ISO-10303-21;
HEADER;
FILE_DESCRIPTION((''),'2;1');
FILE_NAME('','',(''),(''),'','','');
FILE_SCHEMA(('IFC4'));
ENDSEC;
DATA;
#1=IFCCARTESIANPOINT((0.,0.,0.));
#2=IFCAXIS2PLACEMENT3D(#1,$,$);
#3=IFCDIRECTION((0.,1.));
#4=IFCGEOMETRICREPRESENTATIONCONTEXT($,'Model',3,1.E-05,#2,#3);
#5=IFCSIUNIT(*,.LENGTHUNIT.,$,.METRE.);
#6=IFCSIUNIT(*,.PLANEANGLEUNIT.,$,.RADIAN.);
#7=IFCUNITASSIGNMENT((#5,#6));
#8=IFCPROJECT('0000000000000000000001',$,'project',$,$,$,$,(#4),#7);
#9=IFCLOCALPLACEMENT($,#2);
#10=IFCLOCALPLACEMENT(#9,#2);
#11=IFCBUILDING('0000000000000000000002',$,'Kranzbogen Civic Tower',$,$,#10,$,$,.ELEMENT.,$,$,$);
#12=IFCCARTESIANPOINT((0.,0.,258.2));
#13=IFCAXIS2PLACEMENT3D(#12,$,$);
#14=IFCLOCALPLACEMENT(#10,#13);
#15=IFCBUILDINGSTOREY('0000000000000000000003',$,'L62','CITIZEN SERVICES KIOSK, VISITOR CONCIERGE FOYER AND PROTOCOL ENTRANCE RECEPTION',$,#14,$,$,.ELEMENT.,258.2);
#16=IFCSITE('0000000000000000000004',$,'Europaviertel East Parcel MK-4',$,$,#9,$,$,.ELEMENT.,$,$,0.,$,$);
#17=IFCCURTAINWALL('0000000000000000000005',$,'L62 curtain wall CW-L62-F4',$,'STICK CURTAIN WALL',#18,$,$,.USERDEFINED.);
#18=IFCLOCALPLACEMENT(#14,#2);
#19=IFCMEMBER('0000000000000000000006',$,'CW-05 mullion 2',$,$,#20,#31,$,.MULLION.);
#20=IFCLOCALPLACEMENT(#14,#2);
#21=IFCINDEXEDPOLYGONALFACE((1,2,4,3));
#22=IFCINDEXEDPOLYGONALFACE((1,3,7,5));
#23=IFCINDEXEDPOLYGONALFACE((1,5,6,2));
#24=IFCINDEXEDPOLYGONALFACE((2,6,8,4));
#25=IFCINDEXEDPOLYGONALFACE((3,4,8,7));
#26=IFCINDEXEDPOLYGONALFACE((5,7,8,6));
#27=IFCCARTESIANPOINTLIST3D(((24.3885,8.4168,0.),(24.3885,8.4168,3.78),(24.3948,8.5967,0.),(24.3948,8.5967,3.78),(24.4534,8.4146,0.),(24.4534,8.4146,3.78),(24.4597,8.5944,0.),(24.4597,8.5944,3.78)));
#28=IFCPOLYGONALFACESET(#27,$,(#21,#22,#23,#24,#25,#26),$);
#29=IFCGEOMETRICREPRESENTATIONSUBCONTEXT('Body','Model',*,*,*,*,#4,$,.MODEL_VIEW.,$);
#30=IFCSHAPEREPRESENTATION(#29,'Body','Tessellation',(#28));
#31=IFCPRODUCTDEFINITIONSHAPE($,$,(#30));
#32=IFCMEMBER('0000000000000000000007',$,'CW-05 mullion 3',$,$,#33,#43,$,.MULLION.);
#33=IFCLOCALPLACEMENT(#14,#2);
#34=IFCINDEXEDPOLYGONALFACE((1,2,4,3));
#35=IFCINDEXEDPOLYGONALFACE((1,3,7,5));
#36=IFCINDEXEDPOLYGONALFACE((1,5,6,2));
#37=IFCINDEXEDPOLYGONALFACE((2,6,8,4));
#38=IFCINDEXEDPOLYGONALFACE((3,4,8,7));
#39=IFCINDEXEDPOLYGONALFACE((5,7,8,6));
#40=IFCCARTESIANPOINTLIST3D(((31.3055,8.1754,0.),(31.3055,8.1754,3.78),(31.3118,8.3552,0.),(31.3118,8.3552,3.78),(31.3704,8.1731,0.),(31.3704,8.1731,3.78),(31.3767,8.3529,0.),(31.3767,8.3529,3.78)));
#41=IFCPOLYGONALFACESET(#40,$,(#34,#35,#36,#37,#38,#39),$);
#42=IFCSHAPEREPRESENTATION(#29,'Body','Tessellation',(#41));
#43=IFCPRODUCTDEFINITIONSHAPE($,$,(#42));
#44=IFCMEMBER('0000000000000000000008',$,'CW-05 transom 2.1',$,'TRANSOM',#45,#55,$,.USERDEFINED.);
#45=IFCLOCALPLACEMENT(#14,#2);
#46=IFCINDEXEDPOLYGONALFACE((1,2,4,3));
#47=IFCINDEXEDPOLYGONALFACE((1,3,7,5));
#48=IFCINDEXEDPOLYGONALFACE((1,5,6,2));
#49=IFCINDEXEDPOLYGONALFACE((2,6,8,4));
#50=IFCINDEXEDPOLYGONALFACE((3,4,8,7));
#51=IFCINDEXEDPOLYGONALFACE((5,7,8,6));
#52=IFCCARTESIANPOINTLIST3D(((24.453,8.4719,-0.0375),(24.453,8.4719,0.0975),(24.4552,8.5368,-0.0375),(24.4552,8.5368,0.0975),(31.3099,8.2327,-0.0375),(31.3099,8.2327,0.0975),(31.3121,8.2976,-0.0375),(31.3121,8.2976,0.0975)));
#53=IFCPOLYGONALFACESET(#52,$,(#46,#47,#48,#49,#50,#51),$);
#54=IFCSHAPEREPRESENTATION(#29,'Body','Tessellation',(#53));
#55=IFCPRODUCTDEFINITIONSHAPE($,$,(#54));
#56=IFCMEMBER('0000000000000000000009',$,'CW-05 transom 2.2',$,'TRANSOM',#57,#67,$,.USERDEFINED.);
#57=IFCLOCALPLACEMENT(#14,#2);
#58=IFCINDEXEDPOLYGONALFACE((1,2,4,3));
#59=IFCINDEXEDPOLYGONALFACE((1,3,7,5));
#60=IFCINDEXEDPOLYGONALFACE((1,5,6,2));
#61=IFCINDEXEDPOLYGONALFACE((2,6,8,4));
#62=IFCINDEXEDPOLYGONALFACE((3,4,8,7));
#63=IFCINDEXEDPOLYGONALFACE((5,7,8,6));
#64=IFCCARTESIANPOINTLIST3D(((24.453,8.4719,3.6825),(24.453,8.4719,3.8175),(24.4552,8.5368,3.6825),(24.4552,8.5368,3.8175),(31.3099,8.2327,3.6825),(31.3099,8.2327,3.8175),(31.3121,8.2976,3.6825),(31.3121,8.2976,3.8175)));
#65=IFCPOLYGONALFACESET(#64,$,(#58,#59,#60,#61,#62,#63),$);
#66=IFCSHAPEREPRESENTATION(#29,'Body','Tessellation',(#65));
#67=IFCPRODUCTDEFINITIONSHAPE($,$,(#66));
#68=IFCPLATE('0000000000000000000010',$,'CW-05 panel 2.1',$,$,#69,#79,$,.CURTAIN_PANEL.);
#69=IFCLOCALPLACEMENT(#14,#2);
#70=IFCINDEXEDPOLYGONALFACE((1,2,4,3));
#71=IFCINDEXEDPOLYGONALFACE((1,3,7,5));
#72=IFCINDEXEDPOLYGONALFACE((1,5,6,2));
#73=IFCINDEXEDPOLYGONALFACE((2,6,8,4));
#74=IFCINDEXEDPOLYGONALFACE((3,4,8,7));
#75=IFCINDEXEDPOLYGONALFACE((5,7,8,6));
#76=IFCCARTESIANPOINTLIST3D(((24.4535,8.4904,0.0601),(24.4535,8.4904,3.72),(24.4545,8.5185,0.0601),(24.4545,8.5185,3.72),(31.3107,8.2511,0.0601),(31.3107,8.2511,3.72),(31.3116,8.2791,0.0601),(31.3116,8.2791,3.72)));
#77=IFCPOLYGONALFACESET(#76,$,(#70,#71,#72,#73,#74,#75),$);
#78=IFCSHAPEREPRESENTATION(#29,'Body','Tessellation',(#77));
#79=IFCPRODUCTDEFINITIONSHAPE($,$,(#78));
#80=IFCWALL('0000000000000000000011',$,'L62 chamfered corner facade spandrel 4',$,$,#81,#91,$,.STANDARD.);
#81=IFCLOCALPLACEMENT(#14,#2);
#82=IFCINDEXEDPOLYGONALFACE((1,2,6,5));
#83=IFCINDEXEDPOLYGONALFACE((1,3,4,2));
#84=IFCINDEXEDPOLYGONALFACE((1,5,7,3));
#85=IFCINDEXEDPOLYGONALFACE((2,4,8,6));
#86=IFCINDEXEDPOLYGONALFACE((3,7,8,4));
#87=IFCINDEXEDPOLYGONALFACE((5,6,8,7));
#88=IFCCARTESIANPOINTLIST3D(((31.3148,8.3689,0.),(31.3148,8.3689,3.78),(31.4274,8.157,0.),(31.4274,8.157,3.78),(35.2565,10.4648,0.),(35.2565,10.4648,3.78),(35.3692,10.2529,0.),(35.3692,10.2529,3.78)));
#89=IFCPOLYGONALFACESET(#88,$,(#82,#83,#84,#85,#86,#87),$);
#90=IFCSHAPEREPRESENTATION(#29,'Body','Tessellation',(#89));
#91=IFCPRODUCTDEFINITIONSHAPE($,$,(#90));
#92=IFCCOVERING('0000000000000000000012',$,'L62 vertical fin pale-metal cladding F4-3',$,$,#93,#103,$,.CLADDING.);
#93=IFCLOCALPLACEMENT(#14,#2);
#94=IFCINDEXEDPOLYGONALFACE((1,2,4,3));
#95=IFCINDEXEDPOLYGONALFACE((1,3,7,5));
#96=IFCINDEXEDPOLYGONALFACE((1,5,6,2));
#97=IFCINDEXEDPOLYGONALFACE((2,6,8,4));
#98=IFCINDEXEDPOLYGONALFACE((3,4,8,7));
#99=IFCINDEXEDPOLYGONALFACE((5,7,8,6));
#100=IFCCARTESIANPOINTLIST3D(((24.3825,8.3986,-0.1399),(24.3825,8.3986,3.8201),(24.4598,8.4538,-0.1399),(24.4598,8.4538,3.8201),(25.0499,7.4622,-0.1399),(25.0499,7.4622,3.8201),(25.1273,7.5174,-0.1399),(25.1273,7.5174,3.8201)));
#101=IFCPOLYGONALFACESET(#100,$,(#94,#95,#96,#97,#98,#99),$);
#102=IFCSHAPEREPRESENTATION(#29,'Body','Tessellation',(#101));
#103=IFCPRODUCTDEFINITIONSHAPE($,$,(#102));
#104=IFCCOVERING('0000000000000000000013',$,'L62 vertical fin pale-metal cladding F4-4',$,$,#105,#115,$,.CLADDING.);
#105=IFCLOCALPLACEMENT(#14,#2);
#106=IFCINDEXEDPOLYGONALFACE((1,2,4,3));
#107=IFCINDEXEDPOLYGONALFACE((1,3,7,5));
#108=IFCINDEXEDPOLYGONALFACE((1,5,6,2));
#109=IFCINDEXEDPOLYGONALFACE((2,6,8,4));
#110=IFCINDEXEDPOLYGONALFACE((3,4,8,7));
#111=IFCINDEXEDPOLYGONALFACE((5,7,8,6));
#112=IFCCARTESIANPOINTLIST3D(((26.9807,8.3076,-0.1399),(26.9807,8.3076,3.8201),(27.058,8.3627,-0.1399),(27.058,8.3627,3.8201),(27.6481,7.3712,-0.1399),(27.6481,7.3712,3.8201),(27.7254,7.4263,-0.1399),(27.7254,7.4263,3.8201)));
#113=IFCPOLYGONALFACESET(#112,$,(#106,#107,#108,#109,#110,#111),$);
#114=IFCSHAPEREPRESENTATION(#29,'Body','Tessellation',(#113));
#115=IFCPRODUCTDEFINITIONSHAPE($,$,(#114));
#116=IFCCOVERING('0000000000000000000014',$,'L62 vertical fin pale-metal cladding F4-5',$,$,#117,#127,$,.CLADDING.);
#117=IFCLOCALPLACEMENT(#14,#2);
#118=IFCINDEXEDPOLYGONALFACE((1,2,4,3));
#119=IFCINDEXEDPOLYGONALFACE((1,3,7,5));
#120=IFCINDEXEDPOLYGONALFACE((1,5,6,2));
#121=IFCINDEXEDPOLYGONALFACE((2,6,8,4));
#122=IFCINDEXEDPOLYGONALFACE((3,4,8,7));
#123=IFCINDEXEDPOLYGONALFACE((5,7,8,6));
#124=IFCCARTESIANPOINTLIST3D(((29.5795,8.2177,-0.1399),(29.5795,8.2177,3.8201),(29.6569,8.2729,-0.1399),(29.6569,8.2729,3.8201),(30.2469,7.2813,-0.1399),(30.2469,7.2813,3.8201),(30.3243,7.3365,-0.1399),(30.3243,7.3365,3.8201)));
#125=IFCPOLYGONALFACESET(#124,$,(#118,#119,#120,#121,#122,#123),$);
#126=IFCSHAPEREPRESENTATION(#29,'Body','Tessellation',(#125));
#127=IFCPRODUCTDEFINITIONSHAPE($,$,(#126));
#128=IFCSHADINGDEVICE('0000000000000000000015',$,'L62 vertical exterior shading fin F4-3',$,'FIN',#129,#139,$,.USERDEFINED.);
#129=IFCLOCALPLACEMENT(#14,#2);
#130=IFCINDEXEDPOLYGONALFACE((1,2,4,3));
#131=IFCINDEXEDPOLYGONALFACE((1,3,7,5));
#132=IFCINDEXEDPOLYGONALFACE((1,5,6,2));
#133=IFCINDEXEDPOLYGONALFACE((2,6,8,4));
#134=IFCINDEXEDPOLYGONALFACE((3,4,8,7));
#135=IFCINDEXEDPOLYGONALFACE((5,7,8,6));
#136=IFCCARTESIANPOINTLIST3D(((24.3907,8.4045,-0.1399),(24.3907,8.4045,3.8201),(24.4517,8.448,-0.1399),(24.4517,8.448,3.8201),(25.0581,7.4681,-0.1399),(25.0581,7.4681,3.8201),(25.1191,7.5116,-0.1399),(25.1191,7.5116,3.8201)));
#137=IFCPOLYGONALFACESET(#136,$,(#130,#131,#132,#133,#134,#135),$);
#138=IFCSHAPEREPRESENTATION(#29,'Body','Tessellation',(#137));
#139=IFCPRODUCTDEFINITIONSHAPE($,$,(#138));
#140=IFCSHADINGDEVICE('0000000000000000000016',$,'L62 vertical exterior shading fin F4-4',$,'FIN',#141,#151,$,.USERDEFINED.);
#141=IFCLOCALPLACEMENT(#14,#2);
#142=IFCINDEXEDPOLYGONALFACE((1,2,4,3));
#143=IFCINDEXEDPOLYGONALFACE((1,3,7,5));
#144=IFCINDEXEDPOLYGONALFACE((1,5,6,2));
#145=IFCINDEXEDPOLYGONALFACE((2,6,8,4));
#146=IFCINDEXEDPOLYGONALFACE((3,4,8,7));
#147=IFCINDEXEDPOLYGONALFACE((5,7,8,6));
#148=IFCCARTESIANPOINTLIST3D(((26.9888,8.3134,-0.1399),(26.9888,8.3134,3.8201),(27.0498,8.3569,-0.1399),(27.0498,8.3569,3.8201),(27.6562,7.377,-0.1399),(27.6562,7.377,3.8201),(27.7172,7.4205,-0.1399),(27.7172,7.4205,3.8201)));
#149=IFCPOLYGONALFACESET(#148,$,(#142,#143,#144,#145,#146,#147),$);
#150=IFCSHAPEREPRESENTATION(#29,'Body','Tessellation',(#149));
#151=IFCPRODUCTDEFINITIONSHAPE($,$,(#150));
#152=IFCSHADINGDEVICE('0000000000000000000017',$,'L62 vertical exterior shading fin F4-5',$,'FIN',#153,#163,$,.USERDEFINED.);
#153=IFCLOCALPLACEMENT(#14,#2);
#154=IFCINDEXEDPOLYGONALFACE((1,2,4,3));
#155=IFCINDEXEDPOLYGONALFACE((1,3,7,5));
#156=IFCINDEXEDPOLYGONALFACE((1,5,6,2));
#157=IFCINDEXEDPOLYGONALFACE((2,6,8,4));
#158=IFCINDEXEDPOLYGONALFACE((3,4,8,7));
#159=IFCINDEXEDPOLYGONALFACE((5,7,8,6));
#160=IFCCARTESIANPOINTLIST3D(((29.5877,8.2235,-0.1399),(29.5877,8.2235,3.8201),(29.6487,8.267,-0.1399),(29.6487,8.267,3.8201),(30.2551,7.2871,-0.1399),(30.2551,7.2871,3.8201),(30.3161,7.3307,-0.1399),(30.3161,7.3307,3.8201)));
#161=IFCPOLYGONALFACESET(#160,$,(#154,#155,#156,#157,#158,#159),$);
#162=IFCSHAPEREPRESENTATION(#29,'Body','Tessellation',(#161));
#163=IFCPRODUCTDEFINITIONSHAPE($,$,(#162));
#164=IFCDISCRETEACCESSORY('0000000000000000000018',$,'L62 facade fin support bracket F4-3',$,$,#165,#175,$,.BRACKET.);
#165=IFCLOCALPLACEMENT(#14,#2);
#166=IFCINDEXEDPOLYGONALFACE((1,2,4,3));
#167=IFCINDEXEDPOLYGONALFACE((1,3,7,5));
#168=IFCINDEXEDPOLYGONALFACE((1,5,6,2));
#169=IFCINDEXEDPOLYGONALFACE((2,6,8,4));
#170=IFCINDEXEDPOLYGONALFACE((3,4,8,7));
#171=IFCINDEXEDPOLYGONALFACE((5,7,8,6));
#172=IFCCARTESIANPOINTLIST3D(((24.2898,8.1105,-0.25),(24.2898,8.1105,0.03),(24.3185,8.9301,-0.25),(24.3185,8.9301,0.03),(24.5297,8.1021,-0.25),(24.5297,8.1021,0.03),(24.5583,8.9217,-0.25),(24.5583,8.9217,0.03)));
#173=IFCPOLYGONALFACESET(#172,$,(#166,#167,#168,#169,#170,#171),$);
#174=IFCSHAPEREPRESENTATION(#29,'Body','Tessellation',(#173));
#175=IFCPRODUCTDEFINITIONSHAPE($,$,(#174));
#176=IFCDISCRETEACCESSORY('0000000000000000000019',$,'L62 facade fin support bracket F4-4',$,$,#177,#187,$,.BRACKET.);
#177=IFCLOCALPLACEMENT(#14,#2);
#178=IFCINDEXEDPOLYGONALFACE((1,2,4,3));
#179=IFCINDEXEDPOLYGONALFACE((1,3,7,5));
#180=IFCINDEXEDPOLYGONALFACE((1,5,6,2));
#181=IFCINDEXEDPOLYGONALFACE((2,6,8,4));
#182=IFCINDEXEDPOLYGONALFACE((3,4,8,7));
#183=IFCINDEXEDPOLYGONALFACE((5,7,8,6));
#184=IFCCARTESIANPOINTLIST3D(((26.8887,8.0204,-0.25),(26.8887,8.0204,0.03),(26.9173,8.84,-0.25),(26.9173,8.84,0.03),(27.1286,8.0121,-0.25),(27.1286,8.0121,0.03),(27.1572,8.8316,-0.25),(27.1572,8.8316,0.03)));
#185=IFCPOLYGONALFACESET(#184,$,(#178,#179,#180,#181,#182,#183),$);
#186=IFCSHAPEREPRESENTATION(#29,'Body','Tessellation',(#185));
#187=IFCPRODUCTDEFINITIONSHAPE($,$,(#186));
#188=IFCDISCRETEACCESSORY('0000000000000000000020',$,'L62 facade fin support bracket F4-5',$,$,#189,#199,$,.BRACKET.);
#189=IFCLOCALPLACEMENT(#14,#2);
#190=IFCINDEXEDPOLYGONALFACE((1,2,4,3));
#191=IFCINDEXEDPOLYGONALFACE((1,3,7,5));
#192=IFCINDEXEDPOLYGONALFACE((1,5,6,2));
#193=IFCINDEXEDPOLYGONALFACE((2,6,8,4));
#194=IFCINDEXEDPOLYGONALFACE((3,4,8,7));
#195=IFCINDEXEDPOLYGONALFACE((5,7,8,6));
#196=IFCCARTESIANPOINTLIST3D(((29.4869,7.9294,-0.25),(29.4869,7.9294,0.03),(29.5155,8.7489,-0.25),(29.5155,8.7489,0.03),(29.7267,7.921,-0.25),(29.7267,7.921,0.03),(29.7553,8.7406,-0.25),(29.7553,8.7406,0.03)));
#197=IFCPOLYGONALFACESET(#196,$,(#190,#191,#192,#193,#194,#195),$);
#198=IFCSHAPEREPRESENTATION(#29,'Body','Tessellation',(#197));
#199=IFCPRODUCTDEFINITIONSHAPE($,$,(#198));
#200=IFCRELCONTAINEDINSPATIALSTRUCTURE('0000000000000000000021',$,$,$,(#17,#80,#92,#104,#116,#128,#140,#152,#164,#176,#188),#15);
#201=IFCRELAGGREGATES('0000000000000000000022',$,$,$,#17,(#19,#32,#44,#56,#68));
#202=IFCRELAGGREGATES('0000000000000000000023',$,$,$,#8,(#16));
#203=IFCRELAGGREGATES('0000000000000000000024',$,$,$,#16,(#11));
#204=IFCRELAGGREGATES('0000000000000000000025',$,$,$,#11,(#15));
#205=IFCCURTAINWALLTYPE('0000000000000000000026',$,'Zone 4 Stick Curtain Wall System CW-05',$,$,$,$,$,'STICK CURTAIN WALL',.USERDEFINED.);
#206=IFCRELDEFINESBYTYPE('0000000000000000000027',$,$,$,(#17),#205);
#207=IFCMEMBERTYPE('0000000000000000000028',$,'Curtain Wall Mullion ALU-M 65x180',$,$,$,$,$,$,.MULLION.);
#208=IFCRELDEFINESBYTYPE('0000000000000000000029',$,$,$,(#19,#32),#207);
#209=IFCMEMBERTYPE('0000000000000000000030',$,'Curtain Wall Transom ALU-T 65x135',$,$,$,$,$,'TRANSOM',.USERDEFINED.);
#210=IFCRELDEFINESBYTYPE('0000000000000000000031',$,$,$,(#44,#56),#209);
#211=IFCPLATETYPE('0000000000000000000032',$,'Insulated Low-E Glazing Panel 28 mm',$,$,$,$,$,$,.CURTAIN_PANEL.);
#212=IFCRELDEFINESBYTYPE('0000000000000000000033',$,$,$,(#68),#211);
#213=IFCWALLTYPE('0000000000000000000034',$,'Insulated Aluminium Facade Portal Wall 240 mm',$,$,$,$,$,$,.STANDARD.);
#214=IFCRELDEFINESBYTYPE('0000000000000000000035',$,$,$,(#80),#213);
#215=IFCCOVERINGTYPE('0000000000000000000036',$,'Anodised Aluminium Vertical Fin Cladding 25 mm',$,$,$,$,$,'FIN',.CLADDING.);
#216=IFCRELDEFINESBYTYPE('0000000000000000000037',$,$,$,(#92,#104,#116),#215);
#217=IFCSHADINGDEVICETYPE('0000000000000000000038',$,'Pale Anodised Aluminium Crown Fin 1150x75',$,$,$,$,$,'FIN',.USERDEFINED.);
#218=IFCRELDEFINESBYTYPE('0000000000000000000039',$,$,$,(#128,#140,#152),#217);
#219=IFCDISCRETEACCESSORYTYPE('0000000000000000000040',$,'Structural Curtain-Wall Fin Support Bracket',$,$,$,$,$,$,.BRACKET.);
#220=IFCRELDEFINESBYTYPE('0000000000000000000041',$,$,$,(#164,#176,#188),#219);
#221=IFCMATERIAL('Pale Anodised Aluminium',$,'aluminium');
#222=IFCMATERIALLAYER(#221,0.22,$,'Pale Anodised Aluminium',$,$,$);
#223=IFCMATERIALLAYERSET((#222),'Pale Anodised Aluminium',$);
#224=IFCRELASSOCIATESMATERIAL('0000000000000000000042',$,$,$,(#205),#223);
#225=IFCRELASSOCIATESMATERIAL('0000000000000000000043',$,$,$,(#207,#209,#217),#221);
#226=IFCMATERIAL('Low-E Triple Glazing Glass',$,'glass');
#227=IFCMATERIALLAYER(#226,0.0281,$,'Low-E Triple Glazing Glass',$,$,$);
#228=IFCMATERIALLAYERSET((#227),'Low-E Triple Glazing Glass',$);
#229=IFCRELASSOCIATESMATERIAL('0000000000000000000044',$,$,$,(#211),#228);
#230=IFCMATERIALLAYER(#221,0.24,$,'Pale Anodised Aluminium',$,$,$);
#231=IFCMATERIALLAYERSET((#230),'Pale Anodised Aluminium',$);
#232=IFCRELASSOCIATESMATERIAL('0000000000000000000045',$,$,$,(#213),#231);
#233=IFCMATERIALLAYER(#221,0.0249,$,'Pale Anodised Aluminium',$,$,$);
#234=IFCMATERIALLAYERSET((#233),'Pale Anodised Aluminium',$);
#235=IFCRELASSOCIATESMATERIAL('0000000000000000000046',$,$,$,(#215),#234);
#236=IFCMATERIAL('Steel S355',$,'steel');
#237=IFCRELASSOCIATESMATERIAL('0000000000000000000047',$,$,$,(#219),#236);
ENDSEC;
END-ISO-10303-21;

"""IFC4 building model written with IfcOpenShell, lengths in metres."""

from ifc_helpers import new_model, si_unit, direction, frame, frame_2d, origin, origin_2d, place, context, subcontext, project, spatial, rectangle, extrude, material, layer, layer_set, material_profile, profile_set, type_object, element, aggregate, save


model = new_model("IFC4")

# Units and contexts
model_context = context("Model", 3, precision=1e-05, world=origin(), true_north=direction((0.0, 1.0)))
body_context = subcontext(model_context, "Body", "Model", "MODEL_VIEW")
ifc_project = project(units=[si_unit("LENGTHUNIT", "METRE"), si_unit("PLANEANGLEUNIT", "RADIAN")], contexts=[model_context])

# Site, building, storey
site_placement = place(None, origin())
site = spatial("IfcSite", under=ifc_project, at=site_placement, Name="Europaviertel East Parcel MK-4", CompositionType="ELEMENT", RefElevation=0.0)
building_placement = place(site_placement, origin())
building = spatial("IfcBuilding", under=site, at=building_placement, Name="Kranzbogen Civic Tower", CompositionType="ELEMENT")
storey_placement = place(building_placement, frame((0.0, 0.0, 258.2)))
storey = spatial("IfcBuildingStorey", under=building, at=storey_placement, Name="L62", Description="CITIZEN SERVICES KIOSK, VISITOR CONCIERGE FOYER AND PROTOCOL ENTRANCE RECEPTION", CompositionType="ELEMENT", Elevation=258.2)

# Curtain wall, members, plate
ifc_material_1 = material(Name="Pale Anodised Aluminium", Category="aluminium")
ifc_layer_1 = layer(ifc_material_1, 0.22, Name="Pale Anodised Aluminium")
ifc_layer_set_1 = layer_set([ifc_layer_1], Name="Pale Anodised Aluminium")
curtain_wall_type = type_object("IfcCurtainWallType", Name="Zone 4 Stick Curtain Wall System CW-05", ElementType="STICK CURTAIN WALL", PredefinedType="USERDEFINED", material=ifc_layer_set_1)
curtain_wall_placement = place(storey_placement, origin())
curtain_wall = element("IfcCurtainWall", 1, at=curtain_wall_placement, inside=storey, type_object=curtain_wall_type, Name="L62 curtain wall CW-L62-F4", ObjectType="STICK CURTAIN WALL", PredefinedType="USERDEFINED")
ifc_material_profile_1 = material_profile(ifc_material_1, rectangle(XDim=0.0649, YDim=0.1799, at=origin_2d()), Name="ALU-M 65x180")
ifc_profile_set_1 = profile_set([ifc_material_profile_1], Name="Pale Anodised Aluminium")
member_type_1 = type_object("IfcMemberType", Name="Curtain Wall Mullion ALU-M 65x180", PredefinedType="MULLION", material=ifc_profile_set_1)
member_1_placement = place(storey_placement, frame((24.4241, 8.5056, 0.0), z_axis=(0.0, 0.0, 1.0), x_axis=(0.999391, -0.034886, 0.0)))
member_1 = element("IfcMember", 2, at=member_1_placement, type_object=member_type_1, Name="CW-05 mullion 2", PredefinedType="MULLION", context=body_context, shape_type="SweptSolid", body=[
    extrude(rectangle(XDim=0.0649, YDim=0.1799, at=origin_2d()), origin(), (0.0, 0.0, 1.0), 3.78),
])
member_2_placement = place(storey_placement, frame((31.3411, 8.2642, 0.0), z_axis=(0.0, 0.0, 1.0), x_axis=(0.999391, -0.034886, 0.0)))
member_2 = element("IfcMember", 3, at=member_2_placement, type_object=member_type_1, Name="CW-05 mullion 3", PredefinedType="MULLION", context=body_context, shape_type="SweptSolid", body=[
    extrude(rectangle(XDim=0.0649, YDim=0.1799, at=origin_2d()), origin(), (0.0, 0.0, 1.0), 3.78),
])
ifc_material_profile_2 = material_profile(ifc_material_1, rectangle(XDim=0.0649, YDim=0.135, at=origin_2d()), Name="ALU-T 65x135")
ifc_profile_set_2 = profile_set([ifc_material_profile_2], Name="Pale Anodised Aluminium")
member_type_2 = type_object("IfcMemberType", Name="Curtain Wall Transom ALU-T 65x135", ElementType="TRANSOM", PredefinedType="USERDEFINED", material=ifc_profile_set_2)
member_3_placement = place(storey_placement, frame((24.4541, 8.5044, 0.03), z_axis=(0.999392, -0.034872, 0.0), x_axis=(0.034872, 0.999392, 0.0)))
member_3 = element("IfcMember", 4, at=member_3_placement, type_object=member_type_2, Name="CW-05 transom 2.1", ObjectType="TRANSOM", PredefinedType="USERDEFINED", context=body_context, shape_type="SweptSolid", body=[
    extrude(rectangle(XDim=0.0649, YDim=0.135, at=origin_2d()), origin(), (0.0, 0.0, 1.0), 6.8611),
])
member_4_placement = place(storey_placement, frame((24.4541, 8.5044, 3.75), z_axis=(0.999392, -0.034872, 0.0), x_axis=(0.034872, 0.999392, 0.0)))
member_4 = element("IfcMember", 5, at=member_4_placement, type_object=member_type_2, Name="CW-05 transom 2.2", ObjectType="TRANSOM", PredefinedType="USERDEFINED", context=body_context, shape_type="SweptSolid", body=[
    extrude(rectangle(XDim=0.0649, YDim=0.135, at=origin_2d()), origin(), (0.0, 0.0, 1.0), 6.8611),
])
ifc_material_2 = material(Name="Low-E Triple Glazing Glass", Category="glass")
ifc_layer_2 = layer(ifc_material_2, 0.0281, Name="Low-E Triple Glazing Glass")
ifc_layer_set_2 = layer_set([ifc_layer_2], Name="Low-E Triple Glazing Glass")
plate_type = type_object("IfcPlateType", Name="Insulated Low-E Glazing Panel 28 mm", PredefinedType="CURTAIN_PANEL", material=ifc_layer_set_2)
plate_placement = place(storey_placement, frame((27.8826, 8.3848, 0.0601), z_axis=(0.0, 0.0, 1.0), x_axis=(0.999391, -0.034886, 0.0)))
plate = element("IfcPlate", 6, at=plate_placement, type_object=plate_type, Name="CW-05 panel 2.1", PredefinedType="CURTAIN_PANEL", context=body_context, shape_type="SweptSolid", body=[
    extrude(rectangle(XDim=6.8613, YDim=0.0281, at=origin_2d()), origin(), (0.0, 0.0, 1.0), 3.6599),
])
aggregate(curtain_wall, [member_1, member_2, member_3, member_4, plate])

# Wall
ifc_layer_3 = layer(ifc_material_1, 0.24, Name="Pale Anodised Aluminium")
ifc_layer_set_3 = layer_set([ifc_layer_3], Name="Pale Anodised Aluminium")
wall_type = type_object("IfcWallType", Name="Insulated Aluminium Facade Portal Wall 240 mm", PredefinedType="STANDARD", material=ifc_layer_set_3)
wall_placement = place(storey_placement, frame((31.3711, 8.2629, 0.0), z_axis=(0.0, 0.0, 1.0), x_axis=(0.882947, 0.469472, 0.0)))
element("IfcWall", 7, at=wall_placement, inside=storey, type_object=wall_type, Name="L62 chamfered corner facade spandrel 4", PredefinedType="STANDARD", context=body_context, shape_type="SweptSolid", body=[
    extrude(rectangle(XDim=4.4644, YDim=0.24, at=frame_2d((2.2322, 0.0))), origin(), (0.0, 0.0, 1.0), 3.78),
])

# Coverings
ifc_layer_4 = layer(ifc_material_1, 0.0249, Name="Pale Anodised Aluminium")
ifc_layer_set_4 = layer_set([ifc_layer_4], Name="Pale Anodised Aluminium")
covering_type = type_object("IfcCoveringType", Name="Anodised Aluminium Vertical Fin Cladding 25 mm", ElementType="FIN", PredefinedType="CLADDING", material=ifc_layer_set_4)
for number, where, z_axis, x_axis, name in (
    (8, (24.7549, 7.958, -0.1399), (0.0, 0.0, 1.0), (0.580405, -0.814328, 0.0), "L62 vertical fin pale-metal cladding F4-3"),
    (9, (27.353, 7.8669, -0.1399), (0.0, 0.0, 1.0), (0.580405, -0.814328, 0.0), "L62 vertical fin pale-metal cladding F4-4"),
    (10, (29.9519, 7.7771, -0.1399), (0.0, 0.0, 1.0), (0.580405, -0.814328, 0.0), "L62 vertical fin pale-metal cladding F4-5"),
):
    element("IfcCovering", number, at=place(storey_placement, frame(where, z_axis=z_axis, x_axis=x_axis)), inside=storey, type_object=covering_type, Name=name, PredefinedType="CLADDING", context=body_context, shape_type="SweptSolid", body=[
        extrude(rectangle(XDim=1.1499, YDim=0.095, at=origin_2d()), origin(), (0.0, 0.0, 1.0), 3.96),
    ])

# Shading devices
shading_device_type = type_object("IfcShadingDeviceType", Name="Pale Anodised Aluminium Crown Fin 1150x75", ElementType="FIN", PredefinedType="USERDEFINED", material=ifc_material_1)
for number, where, z_axis, x_axis, name in (
    (11, (24.7549, 7.958, -0.1399), (0.0, 0.0, 1.0), (0.580405, -0.814328, 0.0), "L62 vertical exterior shading fin F4-3"),
    (12, (27.353, 7.8669, -0.1399), (0.0, 0.0, 1.0), (0.580405, -0.814328, 0.0), "L62 vertical exterior shading fin F4-4"),
    (13, (29.9519, 7.7771, -0.1399), (0.0, 0.0, 1.0), (0.580405, -0.814328, 0.0), "L62 vertical exterior shading fin F4-5"),
):
    element("IfcShadingDevice", number, at=place(storey_placement, frame(where, z_axis=z_axis, x_axis=x_axis)), inside=storey, type_object=shading_device_type, Name=name, ObjectType="FIN", PredefinedType="USERDEFINED", context=body_context, shape_type="SweptSolid", body=[
        extrude(rectangle(XDim=1.1499, YDim=0.075, at=origin_2d()), origin(), (0.0, 0.0, 1.0), 3.96),
    ])

# Discrete accessories
ifc_material_3 = material(Name="Steel S355", Category="steel")
discrete_accessory_type = type_object("IfcDiscreteAccessoryType", Name="Structural Curtain-Wall Fin Support Bracket", PredefinedType="BRACKET", material=ifc_material_3)
for number, where, z_axis, x_axis, name in (
    (14, (24.4241, 8.5161, -0.25), (0.0, 0.0, 1.0), (-0.034899, -0.999391, 0.0), "L62 facade fin support bracket F4-3"),
    (15, (27.0229, 8.426, -0.25), (0.0, 0.0, 1.0), (-0.034899, -0.999391, 0.0), "L62 facade fin support bracket F4-4"),
    (16, (29.6211, 8.335, -0.25), (0.0, 0.0, 1.0), (-0.034899, -0.999391, 0.0), "L62 facade fin support bracket F4-5"),
):
    element("IfcDiscreteAccessory", number, at=place(storey_placement, frame(where, z_axis=z_axis, x_axis=x_axis)), inside=storey, type_object=discrete_accessory_type, Name=name, PredefinedType="BRACKET", context=body_context, shape_type="SweptSolid", body=[
        extrude(rectangle(XDim=0.8201, YDim=0.24, at=origin_2d()), origin(), (0.0, 0.0, 1.0), 0.28),
    ])

save(model, "model.ifc")
